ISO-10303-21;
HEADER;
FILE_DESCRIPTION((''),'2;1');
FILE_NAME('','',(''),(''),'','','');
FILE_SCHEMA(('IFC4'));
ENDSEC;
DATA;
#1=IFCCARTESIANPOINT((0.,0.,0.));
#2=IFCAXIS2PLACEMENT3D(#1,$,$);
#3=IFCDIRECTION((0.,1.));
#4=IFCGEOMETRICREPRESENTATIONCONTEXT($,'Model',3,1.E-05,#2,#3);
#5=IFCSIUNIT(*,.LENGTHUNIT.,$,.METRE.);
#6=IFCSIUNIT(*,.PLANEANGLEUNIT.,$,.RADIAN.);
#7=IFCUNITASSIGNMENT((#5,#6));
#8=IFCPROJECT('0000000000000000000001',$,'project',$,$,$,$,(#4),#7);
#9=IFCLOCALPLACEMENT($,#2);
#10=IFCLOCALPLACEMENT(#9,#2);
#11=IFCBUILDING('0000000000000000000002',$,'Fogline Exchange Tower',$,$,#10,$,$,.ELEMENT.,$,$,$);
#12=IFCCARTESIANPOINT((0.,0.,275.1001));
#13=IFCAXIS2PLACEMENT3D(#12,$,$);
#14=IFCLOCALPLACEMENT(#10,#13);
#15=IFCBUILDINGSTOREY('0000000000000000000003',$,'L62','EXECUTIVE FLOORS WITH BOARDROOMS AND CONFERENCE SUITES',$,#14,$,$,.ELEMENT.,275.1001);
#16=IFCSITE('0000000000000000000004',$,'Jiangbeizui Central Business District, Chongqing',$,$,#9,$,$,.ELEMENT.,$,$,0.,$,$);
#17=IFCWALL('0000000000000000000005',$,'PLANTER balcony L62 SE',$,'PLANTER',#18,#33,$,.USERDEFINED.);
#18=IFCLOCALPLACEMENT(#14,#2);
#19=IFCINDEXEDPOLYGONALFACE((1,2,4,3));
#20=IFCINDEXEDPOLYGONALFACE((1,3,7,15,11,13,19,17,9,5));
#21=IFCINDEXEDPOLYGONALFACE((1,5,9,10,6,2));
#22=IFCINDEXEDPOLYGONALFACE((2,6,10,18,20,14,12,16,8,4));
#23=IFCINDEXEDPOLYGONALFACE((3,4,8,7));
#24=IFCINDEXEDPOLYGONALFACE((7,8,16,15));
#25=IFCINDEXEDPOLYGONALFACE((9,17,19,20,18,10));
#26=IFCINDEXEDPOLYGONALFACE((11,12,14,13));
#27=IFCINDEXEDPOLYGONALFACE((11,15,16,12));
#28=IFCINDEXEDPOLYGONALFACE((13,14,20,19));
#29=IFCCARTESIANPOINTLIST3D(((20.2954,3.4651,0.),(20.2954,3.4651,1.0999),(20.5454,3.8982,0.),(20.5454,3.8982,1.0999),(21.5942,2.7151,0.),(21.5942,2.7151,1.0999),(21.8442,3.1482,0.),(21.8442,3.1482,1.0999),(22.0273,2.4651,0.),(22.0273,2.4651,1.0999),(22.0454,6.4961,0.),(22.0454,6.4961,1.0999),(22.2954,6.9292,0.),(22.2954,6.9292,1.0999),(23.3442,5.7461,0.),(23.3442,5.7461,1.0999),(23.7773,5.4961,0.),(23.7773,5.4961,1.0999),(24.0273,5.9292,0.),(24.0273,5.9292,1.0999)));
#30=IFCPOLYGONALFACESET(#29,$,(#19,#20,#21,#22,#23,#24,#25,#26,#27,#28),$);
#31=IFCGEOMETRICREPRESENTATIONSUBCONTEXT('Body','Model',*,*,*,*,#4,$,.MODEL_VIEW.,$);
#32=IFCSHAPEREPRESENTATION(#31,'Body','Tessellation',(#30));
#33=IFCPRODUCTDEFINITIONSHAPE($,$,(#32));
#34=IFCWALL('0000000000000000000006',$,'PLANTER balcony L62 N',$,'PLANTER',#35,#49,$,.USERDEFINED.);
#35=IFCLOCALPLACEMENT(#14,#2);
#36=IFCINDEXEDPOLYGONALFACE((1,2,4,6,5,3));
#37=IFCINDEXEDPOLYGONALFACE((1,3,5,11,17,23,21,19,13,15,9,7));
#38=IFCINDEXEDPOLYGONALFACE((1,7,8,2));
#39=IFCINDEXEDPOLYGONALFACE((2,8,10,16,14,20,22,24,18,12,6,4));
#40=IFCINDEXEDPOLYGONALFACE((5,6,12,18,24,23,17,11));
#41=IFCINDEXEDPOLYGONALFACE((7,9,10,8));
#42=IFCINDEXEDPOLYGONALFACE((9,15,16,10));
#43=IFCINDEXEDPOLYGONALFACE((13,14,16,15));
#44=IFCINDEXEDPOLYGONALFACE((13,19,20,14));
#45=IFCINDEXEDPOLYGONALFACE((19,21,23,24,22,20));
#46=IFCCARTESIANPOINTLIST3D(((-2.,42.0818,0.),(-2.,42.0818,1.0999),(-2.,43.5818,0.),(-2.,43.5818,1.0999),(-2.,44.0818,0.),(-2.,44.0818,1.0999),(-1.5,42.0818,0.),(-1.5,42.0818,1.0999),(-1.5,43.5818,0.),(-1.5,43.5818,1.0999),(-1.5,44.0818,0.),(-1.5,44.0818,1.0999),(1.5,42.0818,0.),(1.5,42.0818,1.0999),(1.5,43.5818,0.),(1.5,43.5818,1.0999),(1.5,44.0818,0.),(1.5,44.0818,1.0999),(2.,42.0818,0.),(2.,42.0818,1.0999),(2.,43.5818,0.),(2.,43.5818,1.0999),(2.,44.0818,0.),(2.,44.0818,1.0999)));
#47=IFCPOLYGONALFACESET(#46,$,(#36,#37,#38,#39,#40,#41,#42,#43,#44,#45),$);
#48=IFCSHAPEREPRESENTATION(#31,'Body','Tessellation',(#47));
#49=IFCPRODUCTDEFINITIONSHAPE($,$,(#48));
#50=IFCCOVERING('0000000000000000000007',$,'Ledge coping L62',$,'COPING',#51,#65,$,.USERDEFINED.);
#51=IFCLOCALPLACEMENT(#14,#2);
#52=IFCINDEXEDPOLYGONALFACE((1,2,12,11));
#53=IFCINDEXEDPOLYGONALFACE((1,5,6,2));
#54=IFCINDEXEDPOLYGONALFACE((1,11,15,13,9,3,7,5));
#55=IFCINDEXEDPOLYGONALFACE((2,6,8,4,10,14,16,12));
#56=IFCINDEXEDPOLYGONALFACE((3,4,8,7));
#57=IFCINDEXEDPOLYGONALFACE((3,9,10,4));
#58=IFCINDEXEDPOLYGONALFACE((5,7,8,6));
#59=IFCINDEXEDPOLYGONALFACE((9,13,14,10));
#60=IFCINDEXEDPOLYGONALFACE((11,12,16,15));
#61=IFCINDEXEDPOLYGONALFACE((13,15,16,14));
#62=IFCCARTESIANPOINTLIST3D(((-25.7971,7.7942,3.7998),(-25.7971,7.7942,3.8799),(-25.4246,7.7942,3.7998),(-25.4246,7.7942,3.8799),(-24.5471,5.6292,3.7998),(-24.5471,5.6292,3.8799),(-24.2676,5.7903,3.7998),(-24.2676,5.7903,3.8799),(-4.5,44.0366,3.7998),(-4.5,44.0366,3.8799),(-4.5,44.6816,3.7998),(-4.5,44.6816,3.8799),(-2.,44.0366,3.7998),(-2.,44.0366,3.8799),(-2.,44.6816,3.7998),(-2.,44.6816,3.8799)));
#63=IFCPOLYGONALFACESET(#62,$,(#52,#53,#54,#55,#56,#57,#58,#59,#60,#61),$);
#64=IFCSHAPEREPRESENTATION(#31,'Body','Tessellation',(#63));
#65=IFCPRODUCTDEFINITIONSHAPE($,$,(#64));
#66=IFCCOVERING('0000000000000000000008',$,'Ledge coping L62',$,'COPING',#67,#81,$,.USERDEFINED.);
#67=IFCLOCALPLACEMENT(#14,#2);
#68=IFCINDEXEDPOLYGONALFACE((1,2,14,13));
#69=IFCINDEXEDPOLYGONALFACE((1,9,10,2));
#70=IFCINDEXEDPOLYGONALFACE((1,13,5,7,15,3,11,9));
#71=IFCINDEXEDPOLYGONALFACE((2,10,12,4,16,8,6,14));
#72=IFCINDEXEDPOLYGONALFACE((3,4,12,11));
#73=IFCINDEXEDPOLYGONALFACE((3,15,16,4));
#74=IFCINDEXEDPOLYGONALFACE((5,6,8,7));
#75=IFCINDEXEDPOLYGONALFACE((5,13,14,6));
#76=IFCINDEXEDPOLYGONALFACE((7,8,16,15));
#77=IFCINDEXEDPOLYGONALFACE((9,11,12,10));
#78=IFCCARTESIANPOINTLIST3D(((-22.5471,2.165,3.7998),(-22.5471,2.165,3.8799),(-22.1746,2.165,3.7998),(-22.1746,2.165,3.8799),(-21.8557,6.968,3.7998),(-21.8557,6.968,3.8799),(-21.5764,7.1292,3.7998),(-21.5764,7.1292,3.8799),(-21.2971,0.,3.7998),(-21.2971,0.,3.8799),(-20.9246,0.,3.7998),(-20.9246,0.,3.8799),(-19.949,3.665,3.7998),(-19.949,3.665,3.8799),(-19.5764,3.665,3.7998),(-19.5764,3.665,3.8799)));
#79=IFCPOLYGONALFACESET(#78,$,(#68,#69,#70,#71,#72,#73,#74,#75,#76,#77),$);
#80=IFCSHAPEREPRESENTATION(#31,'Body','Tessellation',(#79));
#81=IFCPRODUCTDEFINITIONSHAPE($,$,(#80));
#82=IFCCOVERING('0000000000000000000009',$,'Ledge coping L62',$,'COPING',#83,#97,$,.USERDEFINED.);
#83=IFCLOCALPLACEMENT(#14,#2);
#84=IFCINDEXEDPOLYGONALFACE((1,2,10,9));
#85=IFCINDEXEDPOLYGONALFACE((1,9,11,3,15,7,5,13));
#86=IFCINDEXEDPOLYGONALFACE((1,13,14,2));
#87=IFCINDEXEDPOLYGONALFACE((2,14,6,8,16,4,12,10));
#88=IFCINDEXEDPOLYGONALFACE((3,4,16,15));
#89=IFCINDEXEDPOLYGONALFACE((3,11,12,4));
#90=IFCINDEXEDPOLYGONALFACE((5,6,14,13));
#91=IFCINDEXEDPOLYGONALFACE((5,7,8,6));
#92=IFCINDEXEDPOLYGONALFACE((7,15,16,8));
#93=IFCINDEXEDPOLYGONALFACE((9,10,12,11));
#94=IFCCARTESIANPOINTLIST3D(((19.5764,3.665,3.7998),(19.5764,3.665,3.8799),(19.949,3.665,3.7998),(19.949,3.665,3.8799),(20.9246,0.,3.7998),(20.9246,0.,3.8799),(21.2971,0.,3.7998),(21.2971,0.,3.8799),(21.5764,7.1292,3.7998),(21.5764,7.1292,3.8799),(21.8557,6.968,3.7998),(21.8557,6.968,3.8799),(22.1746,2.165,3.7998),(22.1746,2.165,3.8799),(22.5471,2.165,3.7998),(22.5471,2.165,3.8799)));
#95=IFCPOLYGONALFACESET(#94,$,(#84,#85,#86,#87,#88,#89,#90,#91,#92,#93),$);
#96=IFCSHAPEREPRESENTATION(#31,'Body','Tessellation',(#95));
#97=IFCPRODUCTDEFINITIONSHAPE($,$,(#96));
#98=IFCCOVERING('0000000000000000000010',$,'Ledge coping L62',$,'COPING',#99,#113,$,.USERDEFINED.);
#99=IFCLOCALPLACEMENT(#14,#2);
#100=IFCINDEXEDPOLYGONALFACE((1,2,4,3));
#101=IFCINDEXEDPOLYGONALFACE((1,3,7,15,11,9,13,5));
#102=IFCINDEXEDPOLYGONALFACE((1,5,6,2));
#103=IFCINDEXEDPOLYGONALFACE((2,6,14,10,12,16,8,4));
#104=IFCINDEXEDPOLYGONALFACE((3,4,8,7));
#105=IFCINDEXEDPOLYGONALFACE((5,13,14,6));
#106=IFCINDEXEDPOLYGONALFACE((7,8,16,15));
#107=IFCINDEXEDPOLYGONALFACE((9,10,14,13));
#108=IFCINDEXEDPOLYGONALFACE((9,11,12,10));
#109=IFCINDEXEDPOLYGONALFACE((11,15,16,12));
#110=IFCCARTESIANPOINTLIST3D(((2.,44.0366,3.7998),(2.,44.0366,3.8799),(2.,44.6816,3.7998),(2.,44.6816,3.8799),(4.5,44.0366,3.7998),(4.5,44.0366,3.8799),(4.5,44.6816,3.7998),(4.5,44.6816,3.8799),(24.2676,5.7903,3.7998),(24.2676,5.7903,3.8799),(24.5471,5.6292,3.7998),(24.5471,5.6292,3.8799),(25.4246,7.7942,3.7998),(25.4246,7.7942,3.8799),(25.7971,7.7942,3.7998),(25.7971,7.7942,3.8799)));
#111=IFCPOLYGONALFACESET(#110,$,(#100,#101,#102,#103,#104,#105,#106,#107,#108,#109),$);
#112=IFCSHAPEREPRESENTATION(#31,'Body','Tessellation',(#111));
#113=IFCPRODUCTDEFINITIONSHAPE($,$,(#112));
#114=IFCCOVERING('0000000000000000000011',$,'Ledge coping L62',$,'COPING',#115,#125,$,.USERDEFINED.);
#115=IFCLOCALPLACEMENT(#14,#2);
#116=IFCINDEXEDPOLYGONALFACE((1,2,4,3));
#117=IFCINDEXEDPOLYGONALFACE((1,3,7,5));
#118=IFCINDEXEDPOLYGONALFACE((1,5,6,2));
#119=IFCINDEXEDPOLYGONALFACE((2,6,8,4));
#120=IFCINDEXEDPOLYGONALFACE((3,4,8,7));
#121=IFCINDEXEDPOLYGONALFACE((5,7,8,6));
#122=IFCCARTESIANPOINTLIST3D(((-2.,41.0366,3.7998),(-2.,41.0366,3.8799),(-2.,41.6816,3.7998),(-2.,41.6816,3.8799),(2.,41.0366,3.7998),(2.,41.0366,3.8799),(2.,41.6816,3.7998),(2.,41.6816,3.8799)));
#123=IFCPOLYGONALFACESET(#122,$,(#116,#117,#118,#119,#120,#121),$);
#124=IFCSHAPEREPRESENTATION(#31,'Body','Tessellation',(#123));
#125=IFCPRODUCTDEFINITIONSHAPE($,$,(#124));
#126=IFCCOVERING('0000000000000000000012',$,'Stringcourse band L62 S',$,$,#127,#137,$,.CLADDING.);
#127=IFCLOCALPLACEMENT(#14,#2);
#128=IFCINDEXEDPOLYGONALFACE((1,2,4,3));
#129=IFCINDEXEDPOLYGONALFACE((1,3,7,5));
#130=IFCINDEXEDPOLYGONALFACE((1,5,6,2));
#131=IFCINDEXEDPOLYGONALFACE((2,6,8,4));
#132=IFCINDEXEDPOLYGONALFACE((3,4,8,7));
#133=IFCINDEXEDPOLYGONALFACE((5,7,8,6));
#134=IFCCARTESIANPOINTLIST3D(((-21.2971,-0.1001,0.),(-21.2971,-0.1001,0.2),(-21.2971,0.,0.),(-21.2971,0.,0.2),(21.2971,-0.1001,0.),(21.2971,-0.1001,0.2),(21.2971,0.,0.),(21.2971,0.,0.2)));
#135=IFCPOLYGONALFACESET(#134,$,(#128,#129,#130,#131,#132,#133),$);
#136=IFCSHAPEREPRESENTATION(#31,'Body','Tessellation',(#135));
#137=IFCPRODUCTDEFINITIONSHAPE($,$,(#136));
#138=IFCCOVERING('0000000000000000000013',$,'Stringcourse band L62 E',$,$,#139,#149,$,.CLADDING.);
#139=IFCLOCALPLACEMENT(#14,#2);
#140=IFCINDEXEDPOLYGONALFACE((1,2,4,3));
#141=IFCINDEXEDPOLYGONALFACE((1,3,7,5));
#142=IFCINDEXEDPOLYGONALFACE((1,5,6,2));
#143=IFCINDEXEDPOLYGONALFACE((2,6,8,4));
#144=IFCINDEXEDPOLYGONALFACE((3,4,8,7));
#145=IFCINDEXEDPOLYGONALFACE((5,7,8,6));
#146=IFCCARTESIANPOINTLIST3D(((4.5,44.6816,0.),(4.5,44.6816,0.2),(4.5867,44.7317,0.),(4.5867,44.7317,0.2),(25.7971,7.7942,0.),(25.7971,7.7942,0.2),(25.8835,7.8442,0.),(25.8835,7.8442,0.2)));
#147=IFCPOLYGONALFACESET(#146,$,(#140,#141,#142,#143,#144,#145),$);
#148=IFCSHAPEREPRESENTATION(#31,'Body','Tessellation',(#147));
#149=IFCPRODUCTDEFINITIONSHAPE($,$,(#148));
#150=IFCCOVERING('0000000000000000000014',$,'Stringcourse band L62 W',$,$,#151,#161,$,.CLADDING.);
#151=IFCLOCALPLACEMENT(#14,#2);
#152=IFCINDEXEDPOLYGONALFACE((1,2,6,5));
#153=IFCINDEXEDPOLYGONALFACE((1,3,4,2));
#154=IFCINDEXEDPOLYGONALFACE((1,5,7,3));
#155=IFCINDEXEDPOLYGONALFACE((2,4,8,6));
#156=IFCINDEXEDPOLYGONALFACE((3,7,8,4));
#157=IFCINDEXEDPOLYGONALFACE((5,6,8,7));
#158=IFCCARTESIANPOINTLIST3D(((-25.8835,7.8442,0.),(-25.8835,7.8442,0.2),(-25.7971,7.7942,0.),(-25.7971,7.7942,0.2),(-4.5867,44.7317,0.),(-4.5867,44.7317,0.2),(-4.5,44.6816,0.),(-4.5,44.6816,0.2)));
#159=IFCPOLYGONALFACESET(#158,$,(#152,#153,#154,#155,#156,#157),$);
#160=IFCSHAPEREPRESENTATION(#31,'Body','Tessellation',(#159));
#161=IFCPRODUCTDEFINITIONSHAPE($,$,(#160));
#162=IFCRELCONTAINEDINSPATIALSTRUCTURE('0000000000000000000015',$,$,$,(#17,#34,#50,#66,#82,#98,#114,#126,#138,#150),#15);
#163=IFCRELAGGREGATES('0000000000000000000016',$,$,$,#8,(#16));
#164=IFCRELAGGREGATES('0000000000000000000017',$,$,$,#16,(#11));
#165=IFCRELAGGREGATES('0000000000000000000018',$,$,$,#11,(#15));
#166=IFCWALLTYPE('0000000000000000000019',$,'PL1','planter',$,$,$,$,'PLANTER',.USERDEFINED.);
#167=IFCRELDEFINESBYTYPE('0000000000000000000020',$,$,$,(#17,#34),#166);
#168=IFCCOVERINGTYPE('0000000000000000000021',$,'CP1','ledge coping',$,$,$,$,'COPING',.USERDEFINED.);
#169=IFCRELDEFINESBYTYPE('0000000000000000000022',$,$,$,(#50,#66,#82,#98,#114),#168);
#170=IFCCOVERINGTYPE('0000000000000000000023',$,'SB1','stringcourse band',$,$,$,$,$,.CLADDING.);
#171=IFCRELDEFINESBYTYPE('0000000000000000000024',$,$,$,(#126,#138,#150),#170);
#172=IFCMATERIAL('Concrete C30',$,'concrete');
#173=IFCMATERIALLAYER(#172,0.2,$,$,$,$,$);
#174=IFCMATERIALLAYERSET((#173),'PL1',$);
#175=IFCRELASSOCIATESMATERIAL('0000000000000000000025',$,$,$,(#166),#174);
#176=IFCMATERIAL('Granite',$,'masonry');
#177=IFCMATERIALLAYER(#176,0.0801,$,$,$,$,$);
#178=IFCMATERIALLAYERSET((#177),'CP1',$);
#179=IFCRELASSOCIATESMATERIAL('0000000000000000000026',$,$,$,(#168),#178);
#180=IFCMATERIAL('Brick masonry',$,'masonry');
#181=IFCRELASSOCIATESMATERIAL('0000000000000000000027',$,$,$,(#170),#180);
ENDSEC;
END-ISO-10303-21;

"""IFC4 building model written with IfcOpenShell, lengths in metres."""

from ifc_helpers import new_model, si_unit, direction, frame, origin, place, context, subcontext, project, spatial, polyline, outline, extrude, material, layer, layer_set, type_object, element, save


model = new_model("IFC4")

# Units and contexts
model_context = context("Model", 3, precision=1e-05, world=origin(), true_north=direction((0.0, 1.0)))
body_context = subcontext(model_context, "Body", "Model", "MODEL_VIEW")
ifc_project = project(units=[si_unit("LENGTHUNIT", "METRE"), si_unit("PLANEANGLEUNIT", "RADIAN")], contexts=[model_context])

# Site, building, storey
site_placement = place(None, origin())
site = spatial("IfcSite", under=ifc_project, at=site_placement, Name="Jiangbeizui Central Business District, Chongqing", CompositionType="ELEMENT", RefElevation=0.0)
building_placement = place(site_placement, origin())
building = spatial("IfcBuilding", under=site, at=building_placement, Name="Fogline Exchange Tower", CompositionType="ELEMENT")
storey_placement = place(building_placement, frame((0.0, 0.0, 275.1001)))
storey = spatial("IfcBuildingStorey", under=building, at=storey_placement, Name="L62", Description="EXECUTIVE FLOORS WITH BOARDROOMS AND CONFERENCE SUITES", CompositionType="ELEMENT", Elevation=275.1001)

# Walls
ifc_material_1 = material(Name="Brick masonry", Category="masonry")
ifc_material_2 = material(Name="Concrete C30", Category="concrete")
ifc_layer_1 = layer(ifc_material_2, 0.2)
ifc_layer_set_1 = layer_set([ifc_layer_1], Name="PL1")
wall_type_1 = type_object("IfcWallType", Name="PL1", Description="planter", ElementType="PLANTER", PredefinedType="USERDEFINED", material=ifc_layer_set_1)
wall_1_placement = place(storey_placement, origin())
element("IfcWall", 1, at=wall_1_placement, inside=storey, type_object=wall_type_1, Name="PLANTER balcony L62 SE", ObjectType="PLANTER", PredefinedType="USERDEFINED", context=body_context, shape_type="SweptSolid", body=[
    extrude(outline(polyline([(20.2954, 3.4651), (21.5942, 2.7151), (21.5942, 2.7151), (22.0273, 2.4651), (23.7773, 5.4961), (24.0273, 5.9292), (22.2954, 6.9292), (22.0454, 6.4961), (23.3442, 5.7461), (21.8442, 3.1482), (20.5454, 3.8982), (20.2954, 3.4651)])), origin(), (0.0, 0.0, 1.0), 1.0999),
])
wall_2_placement = place(storey_placement, origin())
element("IfcWall", 2, at=wall_2_placement, inside=storey, type_object=wall_type_1, Name="PLANTER balcony L62 N", ObjectType="PLANTER", PredefinedType="USERDEFINED", context=body_context, shape_type="SweptSolid", body=[
    extrude(outline(polyline([(-1.5, 44.0818), (-2.0, 44.0818), (-2.0, 43.5818), (-2.0, 42.0818), (-1.5, 42.0818), (-1.5, 43.5818), (1.5, 43.5818), (1.5, 42.0818), (2.0, 42.0818), (2.0, 43.5818), (2.0, 44.0818), (1.5, 44.0818), (-1.5, 44.0818)])), origin(), (0.0, 0.0, 1.0), 1.0999),
])

# Coverings
ifc_material_3 = material(Name="Granite", Category="masonry")
ifc_layer_2 = layer(ifc_material_3, 0.0801)
ifc_layer_set_2 = layer_set([ifc_layer_2], Name="CP1")
covering_type_1 = type_object("IfcCoveringType", Name="CP1", Description="ledge coping", ElementType="COPING", PredefinedType="USERDEFINED", material=ifc_layer_set_2)
covering_1_placement = place(storey_placement, frame((0.0, 0.0, 3.7998)))
element("IfcCovering", 3, at=covering_1_placement, inside=storey, type_object=covering_type_1, Name="Ledge coping L62", ObjectType="COPING", PredefinedType="USERDEFINED", context=body_context, shape_type="SweptSolid", body=[
    extrude(outline(polyline([(-24.5471, 5.6292), (-24.2676, 5.7903), (-25.4246, 7.7942), (-4.5, 44.0366), (-2.0, 44.0366), (-2.0, 44.6816), (-4.5, 44.6816), (-25.7971, 7.7942), (-24.5471, 5.6292)])), origin(), (0.0, 0.0, 1.0), 0.0801),
])
covering_2_placement = place(storey_placement, frame((0.0, 0.0, 3.7998)))
element("IfcCovering", 4, at=covering_2_placement, inside=storey, type_object=covering_type_1, Name="Ledge coping L62", ObjectType="COPING", PredefinedType="USERDEFINED", context=body_context, shape_type="SweptSolid", body=[
    extrude(outline(polyline([(-21.2971, 0.0), (-20.9246, 0.0), (-22.1746, 2.165), (-19.5764, 3.665), (-21.5764, 7.1292), (-21.8557, 6.968), (-19.949, 3.665), (-22.5471, 2.165), (-21.2971, 0.0)])), origin(), (0.0, 0.0, 1.0), 0.0801),
])
covering_3_placement = place(storey_placement, frame((0.0, 0.0, 3.7998)))
element("IfcCovering", 5, at=covering_3_placement, inside=storey, type_object=covering_type_1, Name="Ledge coping L62", ObjectType="COPING", PredefinedType="USERDEFINED", context=body_context, shape_type="SweptSolid", body=[
    extrude(outline(polyline([(19.949, 3.665), (21.8557, 6.968), (21.5764, 7.1292), (19.5764, 3.665), (22.1746, 2.165), (20.9246, 0.0), (21.2971, 0.0), (22.5471, 2.165), (19.949, 3.665)])), origin(), (0.0, 0.0, 1.0), 0.0801),
])
covering_4_placement = place(storey_placement, frame((0.0, 0.0, 3.7998)))
element("IfcCovering", 6, at=covering_4_placement, inside=storey, type_object=covering_type_1, Name="Ledge coping L62", ObjectType="COPING", PredefinedType="USERDEFINED", context=body_context, shape_type="SweptSolid", body=[
    extrude(outline(polyline([(2.0, 44.6816), (2.0, 44.0366), (4.5, 44.0366), (25.4246, 7.7942), (24.2676, 5.7903), (24.5471, 5.6292), (25.7971, 7.7942), (4.5, 44.6816), (2.0, 44.6816)])), origin(), (0.0, 0.0, 1.0), 0.0801),
])
covering_5_placement = place(storey_placement, frame((0.0, 0.0, 3.7998)))
element("IfcCovering", 7, at=covering_5_placement, inside=storey, type_object=covering_type_1, Name="Ledge coping L62", ObjectType="COPING", PredefinedType="USERDEFINED", context=body_context, shape_type="SweptSolid", body=[
    extrude(outline(polyline([(2.0, 41.6816), (-2.0, 41.6816), (-2.0, 41.0366), (2.0, 41.0366), (2.0, 41.6816)])), origin(), (0.0, 0.0, 1.0), 0.0801),
])
covering_type_2 = type_object("IfcCoveringType", Name="SB1", Description="stringcourse band", PredefinedType="CLADDING", material=ifc_material_1)
covering_6_placement = place(storey_placement, origin())
element("IfcCovering", 8, at=covering_6_placement, inside=storey, type_object=covering_type_2, Name="Stringcourse band L62 S", PredefinedType="CLADDING", context=body_context, shape_type="SweptSolid", body=[
    extrude(outline(polyline([(-21.2971, 0.0), (-21.2971, -0.1001), (21.2971, -0.1001), (21.2971, 0.0), (-21.2971, 0.0)])), origin(), (0.0, 0.0, 1.0), 0.2),
])
covering_7_placement = place(storey_placement, origin())
element("IfcCovering", 9, at=covering_7_placement, inside=storey, type_object=covering_type_2, Name="Stringcourse band L62 E", PredefinedType="CLADDING", context=body_context, shape_type="SweptSolid", body=[
    extrude(outline(polyline([(25.7971, 7.7942), (25.8835, 7.8442), (4.5867, 44.7317), (4.5, 44.6816), (25.7971, 7.7942)])), origin(), (0.0, 0.0, 1.0), 0.2),
])
covering_8_placement = place(storey_placement, origin())
element("IfcCovering", 10, at=covering_8_placement, inside=storey, type_object=covering_type_2, Name="Stringcourse band L62 W", PredefinedType="CLADDING", context=body_context, shape_type="SweptSolid", body=[
    extrude(outline(polyline([(-4.5, 44.6816), (-4.5867, 44.7317), (-25.8835, 7.8442), (-25.7971, 7.7942), (-4.5, 44.6816)])), origin(), (0.0, 0.0, 1.0), 0.2),
])

save(model, "model.ifc")
